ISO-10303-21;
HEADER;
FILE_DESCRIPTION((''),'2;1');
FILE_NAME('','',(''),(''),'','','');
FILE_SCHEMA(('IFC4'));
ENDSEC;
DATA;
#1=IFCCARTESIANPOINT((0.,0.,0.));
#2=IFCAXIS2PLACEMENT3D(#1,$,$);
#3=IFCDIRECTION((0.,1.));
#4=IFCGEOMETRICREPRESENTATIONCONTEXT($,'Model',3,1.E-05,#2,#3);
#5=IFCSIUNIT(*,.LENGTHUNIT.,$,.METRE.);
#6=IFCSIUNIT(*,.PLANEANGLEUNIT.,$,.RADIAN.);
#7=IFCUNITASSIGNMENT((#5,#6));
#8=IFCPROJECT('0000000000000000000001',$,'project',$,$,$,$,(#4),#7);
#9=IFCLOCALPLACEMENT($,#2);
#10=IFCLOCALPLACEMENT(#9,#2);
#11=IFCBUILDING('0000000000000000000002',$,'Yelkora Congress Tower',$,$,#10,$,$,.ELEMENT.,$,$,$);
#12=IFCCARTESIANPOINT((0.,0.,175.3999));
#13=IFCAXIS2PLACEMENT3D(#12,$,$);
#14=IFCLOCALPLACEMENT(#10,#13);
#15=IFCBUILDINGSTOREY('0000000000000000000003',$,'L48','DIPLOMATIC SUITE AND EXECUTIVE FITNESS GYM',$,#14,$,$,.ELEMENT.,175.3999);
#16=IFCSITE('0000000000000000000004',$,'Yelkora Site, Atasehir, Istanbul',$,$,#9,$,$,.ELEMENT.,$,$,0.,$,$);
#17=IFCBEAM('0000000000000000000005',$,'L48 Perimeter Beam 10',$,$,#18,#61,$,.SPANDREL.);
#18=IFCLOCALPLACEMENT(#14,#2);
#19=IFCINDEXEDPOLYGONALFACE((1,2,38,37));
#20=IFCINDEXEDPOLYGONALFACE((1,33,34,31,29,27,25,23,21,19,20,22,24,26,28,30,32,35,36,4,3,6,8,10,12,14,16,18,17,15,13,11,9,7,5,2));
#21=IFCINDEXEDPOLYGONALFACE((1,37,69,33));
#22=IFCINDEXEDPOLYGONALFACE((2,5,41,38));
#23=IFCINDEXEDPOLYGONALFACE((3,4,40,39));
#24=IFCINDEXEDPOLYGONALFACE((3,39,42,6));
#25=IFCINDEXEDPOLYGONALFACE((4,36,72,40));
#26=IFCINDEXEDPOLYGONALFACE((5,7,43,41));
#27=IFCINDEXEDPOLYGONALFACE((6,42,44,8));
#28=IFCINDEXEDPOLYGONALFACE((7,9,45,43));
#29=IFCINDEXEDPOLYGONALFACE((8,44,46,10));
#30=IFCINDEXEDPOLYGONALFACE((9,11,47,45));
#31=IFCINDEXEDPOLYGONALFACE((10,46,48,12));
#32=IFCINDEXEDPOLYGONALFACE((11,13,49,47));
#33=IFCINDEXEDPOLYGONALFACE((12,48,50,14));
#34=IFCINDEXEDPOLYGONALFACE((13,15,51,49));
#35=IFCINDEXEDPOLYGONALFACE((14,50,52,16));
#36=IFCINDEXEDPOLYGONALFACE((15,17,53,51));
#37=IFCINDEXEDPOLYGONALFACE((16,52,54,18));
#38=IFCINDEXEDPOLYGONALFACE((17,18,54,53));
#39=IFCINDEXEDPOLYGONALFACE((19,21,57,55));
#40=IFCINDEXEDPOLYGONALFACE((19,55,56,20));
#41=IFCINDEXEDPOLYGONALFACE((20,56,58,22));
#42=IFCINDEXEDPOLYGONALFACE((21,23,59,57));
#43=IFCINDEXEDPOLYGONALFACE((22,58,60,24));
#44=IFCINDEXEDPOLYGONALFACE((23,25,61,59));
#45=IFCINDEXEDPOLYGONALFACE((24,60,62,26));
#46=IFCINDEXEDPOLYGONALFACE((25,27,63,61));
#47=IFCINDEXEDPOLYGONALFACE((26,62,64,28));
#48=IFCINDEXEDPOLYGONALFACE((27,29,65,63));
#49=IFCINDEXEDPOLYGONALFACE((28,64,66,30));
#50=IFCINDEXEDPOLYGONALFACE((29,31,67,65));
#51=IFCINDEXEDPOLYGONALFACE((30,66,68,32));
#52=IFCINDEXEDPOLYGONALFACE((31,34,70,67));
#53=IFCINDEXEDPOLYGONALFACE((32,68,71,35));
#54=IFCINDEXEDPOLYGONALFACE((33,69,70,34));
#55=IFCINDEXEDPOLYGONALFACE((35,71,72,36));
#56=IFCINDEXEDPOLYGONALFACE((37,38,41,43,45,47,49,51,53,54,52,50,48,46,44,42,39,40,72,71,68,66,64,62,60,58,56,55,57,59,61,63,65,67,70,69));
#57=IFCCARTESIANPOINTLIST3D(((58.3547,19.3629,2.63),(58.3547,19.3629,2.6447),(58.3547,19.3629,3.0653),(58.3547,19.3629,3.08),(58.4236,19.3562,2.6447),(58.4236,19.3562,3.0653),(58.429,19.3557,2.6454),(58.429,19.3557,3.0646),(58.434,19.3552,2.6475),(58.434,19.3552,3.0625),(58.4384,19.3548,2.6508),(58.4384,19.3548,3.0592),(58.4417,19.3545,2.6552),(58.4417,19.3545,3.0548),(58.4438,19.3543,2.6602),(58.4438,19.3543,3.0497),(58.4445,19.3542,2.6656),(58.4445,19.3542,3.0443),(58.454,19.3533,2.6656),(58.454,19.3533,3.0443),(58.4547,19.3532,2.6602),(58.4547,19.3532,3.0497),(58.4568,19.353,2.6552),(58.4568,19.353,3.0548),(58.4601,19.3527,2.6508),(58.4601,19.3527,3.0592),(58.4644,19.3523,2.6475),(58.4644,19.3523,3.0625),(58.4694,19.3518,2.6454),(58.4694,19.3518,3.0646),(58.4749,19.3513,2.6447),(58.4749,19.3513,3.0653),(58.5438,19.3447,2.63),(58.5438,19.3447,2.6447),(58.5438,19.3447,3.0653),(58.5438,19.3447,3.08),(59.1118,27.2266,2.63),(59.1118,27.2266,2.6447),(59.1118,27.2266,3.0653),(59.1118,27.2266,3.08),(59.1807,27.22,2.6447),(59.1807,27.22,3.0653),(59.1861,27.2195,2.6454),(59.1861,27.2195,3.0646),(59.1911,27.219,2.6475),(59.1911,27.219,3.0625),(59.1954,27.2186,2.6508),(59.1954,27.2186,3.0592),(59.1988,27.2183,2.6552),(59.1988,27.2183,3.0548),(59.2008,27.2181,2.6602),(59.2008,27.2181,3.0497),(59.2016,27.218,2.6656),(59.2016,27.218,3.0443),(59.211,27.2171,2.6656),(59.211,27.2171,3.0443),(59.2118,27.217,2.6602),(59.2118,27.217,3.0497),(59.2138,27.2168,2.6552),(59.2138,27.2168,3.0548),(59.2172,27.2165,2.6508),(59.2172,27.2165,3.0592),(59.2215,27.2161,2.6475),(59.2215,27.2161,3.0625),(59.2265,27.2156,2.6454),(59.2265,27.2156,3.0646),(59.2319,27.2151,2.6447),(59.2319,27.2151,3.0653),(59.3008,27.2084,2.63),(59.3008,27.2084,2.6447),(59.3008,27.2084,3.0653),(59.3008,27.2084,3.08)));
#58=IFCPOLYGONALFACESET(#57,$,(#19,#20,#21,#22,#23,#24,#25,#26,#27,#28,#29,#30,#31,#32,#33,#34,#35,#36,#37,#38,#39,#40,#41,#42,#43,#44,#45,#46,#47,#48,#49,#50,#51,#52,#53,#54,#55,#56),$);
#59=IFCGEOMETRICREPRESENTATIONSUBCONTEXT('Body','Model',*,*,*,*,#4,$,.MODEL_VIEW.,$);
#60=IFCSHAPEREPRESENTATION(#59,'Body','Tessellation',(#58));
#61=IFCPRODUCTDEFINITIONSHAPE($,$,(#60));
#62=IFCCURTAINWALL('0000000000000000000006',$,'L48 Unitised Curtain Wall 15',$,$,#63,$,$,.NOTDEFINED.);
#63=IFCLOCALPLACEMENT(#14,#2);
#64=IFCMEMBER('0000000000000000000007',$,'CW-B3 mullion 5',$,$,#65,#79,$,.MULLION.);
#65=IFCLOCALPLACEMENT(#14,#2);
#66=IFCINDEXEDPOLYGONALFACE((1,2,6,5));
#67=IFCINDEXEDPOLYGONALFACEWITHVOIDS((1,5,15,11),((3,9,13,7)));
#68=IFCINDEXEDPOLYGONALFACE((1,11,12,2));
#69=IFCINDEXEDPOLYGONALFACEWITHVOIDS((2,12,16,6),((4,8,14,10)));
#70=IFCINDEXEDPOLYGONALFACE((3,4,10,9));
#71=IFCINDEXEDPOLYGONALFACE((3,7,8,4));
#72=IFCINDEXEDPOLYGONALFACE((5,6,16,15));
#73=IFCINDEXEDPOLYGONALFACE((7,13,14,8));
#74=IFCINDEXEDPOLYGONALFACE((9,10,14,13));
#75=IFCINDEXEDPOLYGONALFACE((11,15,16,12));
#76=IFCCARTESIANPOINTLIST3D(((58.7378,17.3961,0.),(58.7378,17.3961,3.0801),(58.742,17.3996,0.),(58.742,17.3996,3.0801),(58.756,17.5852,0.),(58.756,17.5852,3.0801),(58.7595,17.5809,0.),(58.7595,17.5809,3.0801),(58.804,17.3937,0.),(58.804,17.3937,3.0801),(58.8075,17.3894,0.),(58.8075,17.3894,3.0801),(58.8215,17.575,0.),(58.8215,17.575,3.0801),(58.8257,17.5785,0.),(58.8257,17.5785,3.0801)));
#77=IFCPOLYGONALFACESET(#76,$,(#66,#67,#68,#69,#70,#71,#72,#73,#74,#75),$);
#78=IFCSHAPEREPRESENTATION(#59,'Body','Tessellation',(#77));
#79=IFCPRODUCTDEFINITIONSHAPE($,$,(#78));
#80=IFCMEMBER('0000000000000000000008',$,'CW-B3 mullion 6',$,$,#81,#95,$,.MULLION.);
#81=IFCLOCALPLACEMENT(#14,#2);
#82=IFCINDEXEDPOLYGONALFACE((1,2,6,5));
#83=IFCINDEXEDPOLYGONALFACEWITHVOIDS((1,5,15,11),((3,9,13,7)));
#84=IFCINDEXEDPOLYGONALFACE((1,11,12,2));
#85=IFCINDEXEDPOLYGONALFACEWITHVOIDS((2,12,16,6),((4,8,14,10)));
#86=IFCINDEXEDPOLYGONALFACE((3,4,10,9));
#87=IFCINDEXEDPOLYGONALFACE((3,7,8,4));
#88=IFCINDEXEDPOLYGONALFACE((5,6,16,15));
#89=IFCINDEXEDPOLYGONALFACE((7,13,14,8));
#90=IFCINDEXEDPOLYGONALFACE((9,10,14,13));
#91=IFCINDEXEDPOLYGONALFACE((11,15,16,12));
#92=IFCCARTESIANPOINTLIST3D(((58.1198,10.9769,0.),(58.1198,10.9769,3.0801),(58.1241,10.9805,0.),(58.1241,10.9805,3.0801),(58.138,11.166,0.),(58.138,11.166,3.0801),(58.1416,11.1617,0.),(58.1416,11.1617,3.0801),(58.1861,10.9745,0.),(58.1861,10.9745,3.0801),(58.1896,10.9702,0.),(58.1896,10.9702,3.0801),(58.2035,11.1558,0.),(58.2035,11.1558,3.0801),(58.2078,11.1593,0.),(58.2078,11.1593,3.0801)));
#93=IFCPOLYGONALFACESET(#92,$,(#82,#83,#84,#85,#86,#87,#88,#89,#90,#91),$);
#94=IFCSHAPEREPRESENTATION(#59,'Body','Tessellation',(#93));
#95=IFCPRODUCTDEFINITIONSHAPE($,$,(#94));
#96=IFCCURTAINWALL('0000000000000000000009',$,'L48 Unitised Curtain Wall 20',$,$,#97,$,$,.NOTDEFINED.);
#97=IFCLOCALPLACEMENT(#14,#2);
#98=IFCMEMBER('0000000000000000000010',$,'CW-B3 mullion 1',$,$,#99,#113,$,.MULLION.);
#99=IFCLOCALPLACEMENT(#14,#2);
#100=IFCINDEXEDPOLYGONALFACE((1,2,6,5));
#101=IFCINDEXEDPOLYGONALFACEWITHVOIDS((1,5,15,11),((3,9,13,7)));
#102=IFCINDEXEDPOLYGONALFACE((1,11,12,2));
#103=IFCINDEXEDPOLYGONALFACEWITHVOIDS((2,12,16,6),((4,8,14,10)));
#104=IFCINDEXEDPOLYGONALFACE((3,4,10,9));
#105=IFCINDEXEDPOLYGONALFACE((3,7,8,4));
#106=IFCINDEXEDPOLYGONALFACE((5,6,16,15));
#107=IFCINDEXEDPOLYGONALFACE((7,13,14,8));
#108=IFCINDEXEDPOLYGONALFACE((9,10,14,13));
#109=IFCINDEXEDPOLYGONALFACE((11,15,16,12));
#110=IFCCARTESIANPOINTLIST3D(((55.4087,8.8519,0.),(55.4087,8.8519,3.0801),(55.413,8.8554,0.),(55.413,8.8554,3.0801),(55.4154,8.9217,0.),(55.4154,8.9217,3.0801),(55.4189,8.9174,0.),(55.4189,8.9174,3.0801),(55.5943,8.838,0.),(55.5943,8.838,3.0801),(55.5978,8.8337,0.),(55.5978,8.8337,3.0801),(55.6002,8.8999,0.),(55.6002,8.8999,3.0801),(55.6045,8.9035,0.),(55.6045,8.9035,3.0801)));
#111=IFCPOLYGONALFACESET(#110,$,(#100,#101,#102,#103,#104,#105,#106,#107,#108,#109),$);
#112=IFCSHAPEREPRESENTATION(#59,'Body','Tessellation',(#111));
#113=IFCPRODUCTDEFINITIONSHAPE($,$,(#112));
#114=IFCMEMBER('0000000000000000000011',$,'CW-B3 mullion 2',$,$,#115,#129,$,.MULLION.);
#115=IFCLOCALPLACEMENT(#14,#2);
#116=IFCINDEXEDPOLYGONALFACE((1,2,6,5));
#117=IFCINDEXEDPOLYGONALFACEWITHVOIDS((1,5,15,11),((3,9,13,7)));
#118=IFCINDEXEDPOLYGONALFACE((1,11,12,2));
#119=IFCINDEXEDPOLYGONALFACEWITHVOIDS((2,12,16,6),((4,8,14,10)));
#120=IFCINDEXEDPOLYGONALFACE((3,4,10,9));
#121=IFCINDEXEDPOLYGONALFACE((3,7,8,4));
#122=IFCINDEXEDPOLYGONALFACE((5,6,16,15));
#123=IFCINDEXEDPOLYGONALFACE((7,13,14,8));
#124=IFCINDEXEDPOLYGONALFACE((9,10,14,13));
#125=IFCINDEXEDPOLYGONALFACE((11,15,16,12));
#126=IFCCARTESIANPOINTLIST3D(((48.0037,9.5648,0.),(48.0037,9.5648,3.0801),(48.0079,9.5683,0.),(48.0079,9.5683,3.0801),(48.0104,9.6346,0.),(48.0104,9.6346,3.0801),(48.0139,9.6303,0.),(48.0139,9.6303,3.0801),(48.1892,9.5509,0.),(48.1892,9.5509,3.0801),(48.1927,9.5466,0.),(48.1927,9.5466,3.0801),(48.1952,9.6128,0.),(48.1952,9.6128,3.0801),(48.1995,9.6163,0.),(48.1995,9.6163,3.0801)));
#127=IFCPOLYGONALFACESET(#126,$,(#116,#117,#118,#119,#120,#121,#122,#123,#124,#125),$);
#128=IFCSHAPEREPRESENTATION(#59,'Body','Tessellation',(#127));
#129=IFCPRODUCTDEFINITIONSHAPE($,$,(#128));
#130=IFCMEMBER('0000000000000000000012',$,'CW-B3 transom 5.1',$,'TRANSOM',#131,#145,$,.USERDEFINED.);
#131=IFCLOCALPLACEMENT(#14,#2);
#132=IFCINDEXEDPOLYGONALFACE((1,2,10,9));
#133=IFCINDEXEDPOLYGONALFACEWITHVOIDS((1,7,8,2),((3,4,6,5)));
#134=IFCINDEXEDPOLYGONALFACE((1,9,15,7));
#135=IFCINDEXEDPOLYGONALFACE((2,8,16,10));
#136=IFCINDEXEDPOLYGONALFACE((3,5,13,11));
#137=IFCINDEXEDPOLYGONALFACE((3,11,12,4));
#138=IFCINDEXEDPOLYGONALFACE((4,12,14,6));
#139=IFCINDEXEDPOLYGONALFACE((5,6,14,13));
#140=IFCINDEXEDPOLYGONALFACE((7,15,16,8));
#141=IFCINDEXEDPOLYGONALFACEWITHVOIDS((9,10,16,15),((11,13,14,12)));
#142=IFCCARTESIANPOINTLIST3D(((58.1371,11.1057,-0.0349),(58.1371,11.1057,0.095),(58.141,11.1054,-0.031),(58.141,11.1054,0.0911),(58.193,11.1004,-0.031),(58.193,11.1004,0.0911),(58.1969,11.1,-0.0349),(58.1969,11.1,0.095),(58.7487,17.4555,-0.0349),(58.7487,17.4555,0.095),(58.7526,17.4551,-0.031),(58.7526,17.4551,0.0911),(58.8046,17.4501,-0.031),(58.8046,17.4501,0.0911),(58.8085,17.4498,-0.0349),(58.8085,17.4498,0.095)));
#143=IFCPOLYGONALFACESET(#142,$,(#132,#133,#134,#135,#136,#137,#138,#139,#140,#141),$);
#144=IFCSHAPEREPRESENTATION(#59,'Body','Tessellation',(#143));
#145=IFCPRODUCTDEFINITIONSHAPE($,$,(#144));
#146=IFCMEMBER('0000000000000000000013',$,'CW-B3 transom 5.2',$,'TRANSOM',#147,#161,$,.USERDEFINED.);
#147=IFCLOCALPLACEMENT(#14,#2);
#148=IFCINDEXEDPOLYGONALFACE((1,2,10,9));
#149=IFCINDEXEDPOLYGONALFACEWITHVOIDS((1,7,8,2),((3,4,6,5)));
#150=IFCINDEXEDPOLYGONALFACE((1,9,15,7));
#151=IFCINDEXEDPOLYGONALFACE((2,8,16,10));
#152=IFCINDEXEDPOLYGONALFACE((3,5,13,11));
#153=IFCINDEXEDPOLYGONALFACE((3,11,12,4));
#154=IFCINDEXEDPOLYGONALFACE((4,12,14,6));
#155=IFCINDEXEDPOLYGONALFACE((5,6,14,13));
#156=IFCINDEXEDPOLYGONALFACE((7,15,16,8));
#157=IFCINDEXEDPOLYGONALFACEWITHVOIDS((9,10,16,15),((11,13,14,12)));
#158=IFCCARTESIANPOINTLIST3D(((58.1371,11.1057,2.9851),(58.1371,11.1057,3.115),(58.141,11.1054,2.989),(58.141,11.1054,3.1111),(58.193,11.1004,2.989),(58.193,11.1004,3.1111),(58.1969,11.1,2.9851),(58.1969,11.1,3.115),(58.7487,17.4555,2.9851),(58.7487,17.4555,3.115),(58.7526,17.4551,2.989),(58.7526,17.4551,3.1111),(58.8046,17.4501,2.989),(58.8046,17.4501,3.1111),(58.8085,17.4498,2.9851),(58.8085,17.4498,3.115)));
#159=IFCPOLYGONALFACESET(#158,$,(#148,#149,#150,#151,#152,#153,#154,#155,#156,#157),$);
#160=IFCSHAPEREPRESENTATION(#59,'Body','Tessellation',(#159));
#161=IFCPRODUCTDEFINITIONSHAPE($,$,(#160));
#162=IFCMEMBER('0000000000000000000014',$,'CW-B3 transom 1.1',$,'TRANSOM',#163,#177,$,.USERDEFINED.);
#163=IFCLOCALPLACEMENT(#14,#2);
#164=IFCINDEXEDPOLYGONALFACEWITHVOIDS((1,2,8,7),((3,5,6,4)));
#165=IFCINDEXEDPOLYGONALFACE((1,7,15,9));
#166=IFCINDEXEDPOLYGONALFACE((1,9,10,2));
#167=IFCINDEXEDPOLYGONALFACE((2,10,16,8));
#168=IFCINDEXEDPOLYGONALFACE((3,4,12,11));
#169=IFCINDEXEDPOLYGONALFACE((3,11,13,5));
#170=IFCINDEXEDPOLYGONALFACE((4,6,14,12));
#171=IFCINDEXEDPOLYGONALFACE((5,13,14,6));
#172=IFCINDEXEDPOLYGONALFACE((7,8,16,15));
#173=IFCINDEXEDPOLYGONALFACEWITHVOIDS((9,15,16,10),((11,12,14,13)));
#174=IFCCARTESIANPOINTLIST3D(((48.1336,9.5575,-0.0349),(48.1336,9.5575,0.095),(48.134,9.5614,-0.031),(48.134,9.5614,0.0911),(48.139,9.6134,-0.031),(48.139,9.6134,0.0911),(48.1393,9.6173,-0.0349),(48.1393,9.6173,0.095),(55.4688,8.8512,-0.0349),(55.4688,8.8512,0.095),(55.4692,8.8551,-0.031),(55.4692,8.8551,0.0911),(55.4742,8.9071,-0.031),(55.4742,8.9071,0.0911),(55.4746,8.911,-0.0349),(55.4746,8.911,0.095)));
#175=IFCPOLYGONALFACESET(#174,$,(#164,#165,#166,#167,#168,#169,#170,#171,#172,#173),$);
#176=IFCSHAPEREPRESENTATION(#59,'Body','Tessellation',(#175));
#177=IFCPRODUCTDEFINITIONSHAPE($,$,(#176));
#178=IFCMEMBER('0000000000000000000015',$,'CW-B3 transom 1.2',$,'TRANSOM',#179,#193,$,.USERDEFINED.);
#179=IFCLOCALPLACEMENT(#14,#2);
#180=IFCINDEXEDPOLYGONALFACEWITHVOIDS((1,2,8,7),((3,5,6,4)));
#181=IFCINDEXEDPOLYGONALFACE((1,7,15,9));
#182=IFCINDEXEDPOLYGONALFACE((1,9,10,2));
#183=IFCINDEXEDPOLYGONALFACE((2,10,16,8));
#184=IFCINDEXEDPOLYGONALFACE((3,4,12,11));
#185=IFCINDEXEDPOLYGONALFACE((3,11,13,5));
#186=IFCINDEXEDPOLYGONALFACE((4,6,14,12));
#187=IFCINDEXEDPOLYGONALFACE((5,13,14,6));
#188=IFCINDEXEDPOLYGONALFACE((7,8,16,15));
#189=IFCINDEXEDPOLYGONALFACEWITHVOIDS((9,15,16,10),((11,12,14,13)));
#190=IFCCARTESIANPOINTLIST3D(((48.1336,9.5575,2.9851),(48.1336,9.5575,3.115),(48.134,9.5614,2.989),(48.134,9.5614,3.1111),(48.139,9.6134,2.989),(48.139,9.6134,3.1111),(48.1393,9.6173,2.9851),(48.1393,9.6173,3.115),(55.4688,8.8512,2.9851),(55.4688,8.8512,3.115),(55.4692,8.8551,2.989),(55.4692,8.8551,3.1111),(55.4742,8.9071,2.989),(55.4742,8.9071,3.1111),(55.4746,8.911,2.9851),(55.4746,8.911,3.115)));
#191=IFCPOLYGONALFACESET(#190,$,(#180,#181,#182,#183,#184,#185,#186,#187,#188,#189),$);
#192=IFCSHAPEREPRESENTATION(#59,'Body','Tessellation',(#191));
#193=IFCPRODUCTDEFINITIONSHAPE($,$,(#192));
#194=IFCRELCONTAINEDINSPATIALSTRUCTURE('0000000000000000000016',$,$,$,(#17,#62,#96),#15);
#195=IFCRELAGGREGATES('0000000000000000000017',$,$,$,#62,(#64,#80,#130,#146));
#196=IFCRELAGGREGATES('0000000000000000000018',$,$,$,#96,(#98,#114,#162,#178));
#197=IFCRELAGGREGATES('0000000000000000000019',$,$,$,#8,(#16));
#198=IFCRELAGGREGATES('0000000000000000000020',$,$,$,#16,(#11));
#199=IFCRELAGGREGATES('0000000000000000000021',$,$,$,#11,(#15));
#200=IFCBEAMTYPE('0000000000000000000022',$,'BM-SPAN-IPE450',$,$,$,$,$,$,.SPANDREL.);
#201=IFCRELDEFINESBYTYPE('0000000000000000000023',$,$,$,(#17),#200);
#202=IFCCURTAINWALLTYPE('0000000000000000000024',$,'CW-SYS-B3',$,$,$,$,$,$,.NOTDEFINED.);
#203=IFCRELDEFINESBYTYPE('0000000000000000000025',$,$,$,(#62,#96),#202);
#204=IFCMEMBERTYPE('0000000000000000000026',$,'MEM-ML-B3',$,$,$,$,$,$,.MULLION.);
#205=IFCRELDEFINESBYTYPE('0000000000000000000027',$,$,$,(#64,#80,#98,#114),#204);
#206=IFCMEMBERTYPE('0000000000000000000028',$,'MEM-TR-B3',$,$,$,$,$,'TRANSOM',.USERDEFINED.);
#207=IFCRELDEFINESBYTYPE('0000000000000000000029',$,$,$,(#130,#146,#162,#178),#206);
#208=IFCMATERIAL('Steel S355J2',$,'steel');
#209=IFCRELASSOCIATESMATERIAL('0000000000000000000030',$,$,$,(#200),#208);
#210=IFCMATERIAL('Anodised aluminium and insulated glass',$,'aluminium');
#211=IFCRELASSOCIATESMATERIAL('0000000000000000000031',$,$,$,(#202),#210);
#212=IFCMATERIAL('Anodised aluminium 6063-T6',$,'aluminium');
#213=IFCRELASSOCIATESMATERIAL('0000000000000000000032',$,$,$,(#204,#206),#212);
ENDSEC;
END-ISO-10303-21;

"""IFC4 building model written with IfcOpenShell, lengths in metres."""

from ifc_helpers import new_model, si_unit, direction, frame, origin, origin_2d, place, context, subcontext, project, spatial, hollow_rectangle, i_section, extrude, material, material_profile, profile_set, type_object, element, aggregate, save


model = new_model("IFC4")

# Units and contexts
model_context = context("Model", 3, precision=1e-05, world=origin(), true_north=direction((0.0, 1.0)))
body_context = subcontext(model_context, "Body", "Model", "MODEL_VIEW")
ifc_project = project(units=[si_unit("LENGTHUNIT", "METRE"), si_unit("PLANEANGLEUNIT", "RADIAN")], contexts=[model_context])

# Site, building, storey
site_placement = place(None, origin())
site = spatial("IfcSite", under=ifc_project, at=site_placement, Name="Yelkora Site, Atasehir, Istanbul", CompositionType="ELEMENT", RefElevation=0.0)
building_placement = place(site_placement, origin())
building = spatial("IfcBuilding", under=site, at=building_placement, Name="Yelkora Congress Tower", CompositionType="ELEMENT")
storey_placement = place(building_placement, frame((0.0, 0.0, 175.3999)))
storey = spatial("IfcBuildingStorey", under=building, at=storey_placement, Name="L48", Description="DIPLOMATIC SUITE AND EXECUTIVE FITNESS GYM", CompositionType="ELEMENT", Elevation=175.3999)

# Beam
ifc_material_1 = material(Name="Steel S355J2", Category="steel")
ifc_material_profile_1 = material_profile(ifc_material_1, i_section(OverallWidth=0.1899, OverallDepth=0.45, WebThickness=0.0095, FlangeThickness=0.0146, FilletRadius=0.021, at=origin_2d()), Name="IPE 450")
ifc_profile_set_1 = profile_set([ifc_material_profile_1], Name="Steel S355J2")
beam_type_1 = type_object("IfcBeamType", Name="BM-SPAN-IPE450", PredefinedType="SPANDREL", material=ifc_profile_set_1)
beam_1_placement = place(storey_placement, frame((58.4492, 19.3538, 2.855), z_axis=(0.095831, 0.995398, 0.0), x_axis=(-0.995398, 0.095831, 0.0)))
element("IfcBeam", 1, at=beam_1_placement, inside=storey, type_object=beam_type_1, Name="L48 Perimeter Beam 10", PredefinedType="SPANDREL", context=body_context, shape_type="SweptSolid", body=[
    extrude(i_section(OverallWidth=0.1899, OverallDepth=0.45, WebThickness=0.0095, FlangeThickness=0.0146, FilletRadius=0.021, at=origin_2d()), origin(), (0.0, 0.0, 1.0), 7.9001),
])

# Curtain walls, members
ifc_material_2 = material(Name="Anodised aluminium and insulated glass", Category="aluminium")
curtain_wall_type = type_object("IfcCurtainWallType", Name="CW-SYS-B3", PredefinedType="NOTDEFINED", material=ifc_material_2)
curtain_wall_1_placement = place(storey_placement, origin())
curtain_wall_1 = element("IfcCurtainWall", 2, at=curtain_wall_1_placement, inside=storey, type_object=curtain_wall_type, Name="L48 Unitised Curtain Wall 15", PredefinedType="NOTDEFINED")
ifc_material_3 = material(Name="Anodised aluminium 6063-T6", Category="aluminium")
ifc_material_profile_2 = material_profile(ifc_material_3, hollow_rectangle(XDim=0.0701, YDim=0.1899, WallThickness=0.0039, at=origin_2d()), Name="ALU 70x190x4")
ifc_profile_set_2 = profile_set([ifc_material_profile_2], Name="Anodised aluminium 6063-T6")
member_type_1 = type_object("IfcMemberType", Name="MEM-ML-B3", PredefinedType="MULLION", material=ifc_profile_set_2)
member_1_placement = place(storey_placement, frame((58.7817, 17.4873, 0.0), z_axis=(0.0, 0.0, 1.0), x_axis=(0.995397, -0.095842, 0.0)))
member_1 = element("IfcMember", 3, at=member_1_placement, type_object=member_type_1, Name="CW-B3 mullion 5", PredefinedType="MULLION", context=body_context, shape_type="SweptSolid", body=[
    extrude(hollow_rectangle(XDim=0.0701, YDim=0.1899, WallThickness=0.0039, at=origin_2d()), origin(), (0.0, 0.0, 1.0), 3.0801),
])
member_2_placement = place(storey_placement, frame((58.1638, 11.0681, 0.0), z_axis=(0.0, 0.0, 1.0), x_axis=(0.995397, -0.095842, 0.0)))
member_2 = element("IfcMember", 4, at=member_2_placement, type_object=member_type_1, Name="CW-B3 mullion 6", PredefinedType="MULLION", context=body_context, shape_type="SweptSolid", body=[
    extrude(hollow_rectangle(XDim=0.0701, YDim=0.1899, WallThickness=0.0039, at=origin_2d()), origin(), (0.0, 0.0, 1.0), 3.0801),
])
curtain_wall_2_placement = place(storey_placement, origin())
curtain_wall_2 = element("IfcCurtainWall", 5, at=curtain_wall_2_placement, inside=storey, type_object=curtain_wall_type, Name="L48 Unitised Curtain Wall 20", PredefinedType="NOTDEFINED")
member_3_placement = place(storey_placement, frame((55.5066, 8.8777, 0.0), z_axis=(0.0, 0.0, 1.0), x_axis=(-0.095845, -0.995396, 0.0)))
member_3 = element("IfcMember", 6, at=member_3_placement, type_object=member_type_1, Name="CW-B3 mullion 1", PredefinedType="MULLION", context=body_context, shape_type="SweptSolid", body=[
    extrude(hollow_rectangle(XDim=0.0701, YDim=0.1899, WallThickness=0.0039, at=origin_2d()), origin(), (0.0, 0.0, 1.0), 3.0801),
])
member_4_placement = place(storey_placement, frame((48.1016, 9.5906, 0.0), z_axis=(0.0, 0.0, 1.0), x_axis=(-0.095845, -0.995396, 0.0)))
member_4 = element("IfcMember", 7, at=member_4_placement, type_object=member_type_1, Name="CW-B3 mullion 2", PredefinedType="MULLION", context=body_context, shape_type="SweptSolid", body=[
    extrude(hollow_rectangle(XDim=0.0701, YDim=0.1899, WallThickness=0.0039, at=origin_2d()), origin(), (0.0, 0.0, 1.0), 3.0801),
])

# Members
ifc_material_profile_3 = material_profile(ifc_material_3, hollow_rectangle(XDim=0.0601, YDim=0.1299, WallThickness=0.0039, at=origin_2d()), Name="ALU 60x130x4")
ifc_profile_set_3 = profile_set([ifc_material_profile_3], Name="Anodised aluminium 6063-T6")
member_type_2 = type_object("IfcMemberType", Name="MEM-TR-B3", ElementType="TRANSOM", PredefinedType="USERDEFINED", material=ifc_profile_set_3)
member_5_placement = place(storey_placement, frame((58.7786, 17.4526, 0.03), z_axis=(-0.095869, -0.995394, 0.0), x_axis=(0.995394, -0.095869, 0.0)))
member_5 = element("IfcMember", 8, at=member_5_placement, type_object=member_type_2, Name="CW-B3 transom 5.1", ObjectType="TRANSOM", PredefinedType="USERDEFINED", context=body_context, shape_type="SweptSolid", body=[
    extrude(hollow_rectangle(XDim=0.0601, YDim=0.1299, WallThickness=0.0039, at=origin_2d()), origin(), (0.0, 0.0, 1.0), 6.3792),
])
member_6_placement = place(storey_placement, frame((58.7786, 17.4526, 3.05), z_axis=(-0.095869, -0.995394, 0.0), x_axis=(0.995394, -0.095869, 0.0)))
member_6 = element("IfcMember", 9, at=member_6_placement, type_object=member_type_2, Name="CW-B3 transom 5.2", ObjectType="TRANSOM", PredefinedType="USERDEFINED", context=body_context, shape_type="SweptSolid", body=[
    extrude(hollow_rectangle(XDim=0.0601, YDim=0.1299, WallThickness=0.0039, at=origin_2d()), origin(), (0.0, 0.0, 1.0), 6.3792),
])
member_7_placement = place(storey_placement, frame((55.4717, 8.8811, 0.03), z_axis=(-0.995396, 0.095846, 0.0), x_axis=(-0.095846, -0.995396, 0.0)))
member_7 = element("IfcMember", 10, at=member_7_placement, type_object=member_type_2, Name="CW-B3 transom 1.1", ObjectType="TRANSOM", PredefinedType="USERDEFINED", context=body_context, shape_type="SweptSolid", body=[
    extrude(hollow_rectangle(XDim=0.0601, YDim=0.1299, WallThickness=0.0039, at=origin_2d()), origin(), (0.0, 0.0, 1.0), 7.3691),
])
member_8_placement = place(storey_placement, frame((55.4717, 8.8811, 3.05), z_axis=(-0.995396, 0.095846, 0.0), x_axis=(-0.095846, -0.995396, 0.0)))
member_8 = element("IfcMember", 11, at=member_8_placement, type_object=member_type_2, Name="CW-B3 transom 1.2", ObjectType="TRANSOM", PredefinedType="USERDEFINED", context=body_context, shape_type="SweptSolid", body=[
    extrude(hollow_rectangle(XDim=0.0601, YDim=0.1299, WallThickness=0.0039, at=origin_2d()), origin(), (0.0, 0.0, 1.0), 7.3691),
])

aggregate(curtain_wall_1, [member_1, member_2, member_5, member_6])
aggregate(curtain_wall_2, [member_3, member_4, member_7, member_8])

save(model, "model.ifc")
